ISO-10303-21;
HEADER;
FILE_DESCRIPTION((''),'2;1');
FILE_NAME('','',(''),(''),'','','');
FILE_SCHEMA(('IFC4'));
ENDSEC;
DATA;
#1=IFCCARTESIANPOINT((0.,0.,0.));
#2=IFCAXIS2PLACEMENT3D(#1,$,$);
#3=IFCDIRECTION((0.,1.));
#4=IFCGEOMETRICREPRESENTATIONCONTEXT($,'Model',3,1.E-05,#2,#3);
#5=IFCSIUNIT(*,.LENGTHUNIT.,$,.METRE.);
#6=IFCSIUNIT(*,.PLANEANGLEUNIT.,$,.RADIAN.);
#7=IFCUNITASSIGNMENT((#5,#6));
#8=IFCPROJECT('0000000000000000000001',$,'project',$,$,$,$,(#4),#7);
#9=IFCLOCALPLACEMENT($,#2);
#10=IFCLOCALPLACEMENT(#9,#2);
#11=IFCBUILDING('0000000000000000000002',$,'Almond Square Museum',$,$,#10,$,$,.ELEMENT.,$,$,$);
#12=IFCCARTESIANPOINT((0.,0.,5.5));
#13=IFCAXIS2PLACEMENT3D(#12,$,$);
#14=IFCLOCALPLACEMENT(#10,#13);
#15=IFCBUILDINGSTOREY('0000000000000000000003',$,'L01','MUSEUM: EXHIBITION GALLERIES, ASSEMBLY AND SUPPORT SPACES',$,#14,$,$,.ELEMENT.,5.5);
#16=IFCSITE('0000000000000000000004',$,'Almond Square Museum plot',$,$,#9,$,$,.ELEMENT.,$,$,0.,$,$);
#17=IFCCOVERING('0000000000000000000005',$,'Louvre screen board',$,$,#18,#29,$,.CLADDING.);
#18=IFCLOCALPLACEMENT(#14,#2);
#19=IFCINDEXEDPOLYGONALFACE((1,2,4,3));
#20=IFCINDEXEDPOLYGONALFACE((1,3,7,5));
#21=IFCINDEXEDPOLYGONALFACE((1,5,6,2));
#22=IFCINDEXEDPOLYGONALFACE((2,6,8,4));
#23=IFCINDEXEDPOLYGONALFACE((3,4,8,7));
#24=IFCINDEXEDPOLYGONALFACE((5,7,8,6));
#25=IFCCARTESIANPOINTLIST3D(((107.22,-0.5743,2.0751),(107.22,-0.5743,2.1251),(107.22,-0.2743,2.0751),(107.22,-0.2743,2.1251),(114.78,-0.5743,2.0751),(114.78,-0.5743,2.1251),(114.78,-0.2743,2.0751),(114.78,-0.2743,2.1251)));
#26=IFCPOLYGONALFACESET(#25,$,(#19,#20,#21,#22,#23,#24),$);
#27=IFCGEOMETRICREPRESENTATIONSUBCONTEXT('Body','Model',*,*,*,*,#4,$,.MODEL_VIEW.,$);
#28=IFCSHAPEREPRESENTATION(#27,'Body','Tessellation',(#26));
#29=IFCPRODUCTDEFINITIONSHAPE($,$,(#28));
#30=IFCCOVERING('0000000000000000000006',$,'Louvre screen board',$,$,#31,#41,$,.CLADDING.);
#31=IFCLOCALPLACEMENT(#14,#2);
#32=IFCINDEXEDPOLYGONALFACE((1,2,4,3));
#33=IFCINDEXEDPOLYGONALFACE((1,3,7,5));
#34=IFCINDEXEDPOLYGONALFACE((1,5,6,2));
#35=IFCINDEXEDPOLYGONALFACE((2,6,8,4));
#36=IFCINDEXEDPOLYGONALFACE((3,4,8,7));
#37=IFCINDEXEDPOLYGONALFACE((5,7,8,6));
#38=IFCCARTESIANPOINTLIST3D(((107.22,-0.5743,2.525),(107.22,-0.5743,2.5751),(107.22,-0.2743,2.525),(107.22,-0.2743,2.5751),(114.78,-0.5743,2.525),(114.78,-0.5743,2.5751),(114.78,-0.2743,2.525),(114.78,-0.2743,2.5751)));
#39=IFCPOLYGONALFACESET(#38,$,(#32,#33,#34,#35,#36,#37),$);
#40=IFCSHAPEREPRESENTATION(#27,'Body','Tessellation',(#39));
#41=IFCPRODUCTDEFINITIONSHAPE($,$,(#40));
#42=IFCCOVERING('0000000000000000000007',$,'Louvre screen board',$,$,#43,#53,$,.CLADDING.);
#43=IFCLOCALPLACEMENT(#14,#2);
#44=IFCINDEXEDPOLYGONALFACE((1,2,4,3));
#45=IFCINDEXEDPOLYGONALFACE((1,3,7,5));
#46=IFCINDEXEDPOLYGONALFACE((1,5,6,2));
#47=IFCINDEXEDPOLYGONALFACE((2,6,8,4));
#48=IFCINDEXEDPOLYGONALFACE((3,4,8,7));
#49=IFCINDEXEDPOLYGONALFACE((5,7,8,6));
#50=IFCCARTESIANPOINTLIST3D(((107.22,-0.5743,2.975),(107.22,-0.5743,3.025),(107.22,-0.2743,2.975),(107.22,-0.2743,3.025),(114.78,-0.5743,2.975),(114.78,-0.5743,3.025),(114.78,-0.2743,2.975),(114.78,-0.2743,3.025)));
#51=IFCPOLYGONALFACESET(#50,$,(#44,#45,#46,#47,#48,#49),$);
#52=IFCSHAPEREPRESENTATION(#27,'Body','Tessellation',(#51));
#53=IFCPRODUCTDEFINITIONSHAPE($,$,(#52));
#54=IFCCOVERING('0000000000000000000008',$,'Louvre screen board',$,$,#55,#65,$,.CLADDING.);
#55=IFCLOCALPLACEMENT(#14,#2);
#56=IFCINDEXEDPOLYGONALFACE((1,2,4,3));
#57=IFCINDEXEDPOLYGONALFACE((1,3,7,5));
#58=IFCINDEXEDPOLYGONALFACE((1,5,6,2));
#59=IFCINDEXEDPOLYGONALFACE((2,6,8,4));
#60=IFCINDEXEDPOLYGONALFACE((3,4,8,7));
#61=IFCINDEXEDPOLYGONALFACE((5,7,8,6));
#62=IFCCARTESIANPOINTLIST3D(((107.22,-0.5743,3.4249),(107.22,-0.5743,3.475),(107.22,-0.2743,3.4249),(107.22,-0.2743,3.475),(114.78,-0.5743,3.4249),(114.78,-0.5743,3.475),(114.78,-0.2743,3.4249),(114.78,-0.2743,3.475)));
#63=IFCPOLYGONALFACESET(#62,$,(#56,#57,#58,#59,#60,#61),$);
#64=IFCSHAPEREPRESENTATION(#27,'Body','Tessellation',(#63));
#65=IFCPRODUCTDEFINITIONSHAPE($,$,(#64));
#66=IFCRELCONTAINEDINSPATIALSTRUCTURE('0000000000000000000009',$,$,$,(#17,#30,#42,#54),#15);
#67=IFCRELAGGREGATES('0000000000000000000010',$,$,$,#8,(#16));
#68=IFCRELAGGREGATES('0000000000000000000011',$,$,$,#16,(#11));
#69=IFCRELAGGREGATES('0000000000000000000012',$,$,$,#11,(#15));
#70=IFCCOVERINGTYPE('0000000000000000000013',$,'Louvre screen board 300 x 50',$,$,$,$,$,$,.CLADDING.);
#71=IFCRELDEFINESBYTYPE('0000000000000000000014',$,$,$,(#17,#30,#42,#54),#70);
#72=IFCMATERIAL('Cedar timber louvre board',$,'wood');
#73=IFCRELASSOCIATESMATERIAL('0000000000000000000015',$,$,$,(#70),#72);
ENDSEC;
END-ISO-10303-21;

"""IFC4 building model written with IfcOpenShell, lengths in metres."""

from ifc_helpers import new_model, si_unit, direction, frame, origin, origin_2d, place, context, subcontext, project, spatial, rectangle, extrude, material, material_profile, profile_set, type_object, element, save


model = new_model("IFC4")

# Units and contexts
model_context = context("Model", 3, precision=1e-05, world=origin(), true_north=direction((0.0, 1.0)))
body_context = subcontext(model_context, "Body", "Model", "MODEL_VIEW")
ifc_project = project(units=[si_unit("LENGTHUNIT", "METRE"), si_unit("PLANEANGLEUNIT", "RADIAN")], contexts=[model_context])

# Site, building, storey
site_placement = place(None, origin())
site = spatial("IfcSite", under=ifc_project, at=site_placement, Name="Almond Square Museum plot", CompositionType="ELEMENT", RefElevation=0.0)
building_placement = place(site_placement, origin())
building = spatial("IfcBuilding", under=site, at=building_placement, Name="Almond Square Museum", CompositionType="ELEMENT")
storey_placement = place(building_placement, frame((0.0, 0.0, 5.5)))
storey = spatial("IfcBuildingStorey", under=building, at=storey_placement, Name="L01", Description="MUSEUM: EXHIBITION GALLERIES, ASSEMBLY AND SUPPORT SPACES", CompositionType="ELEMENT", Elevation=5.5)

# Coverings
ifc_material_1 = material(Name="Cedar timber louvre board", Category="wood")
ifc_material_profile_1 = material_profile(ifc_material_1, rectangle(XDim=0.3, YDim=0.05, at=origin_2d()))
ifc_profile_set_1 = profile_set([ifc_material_profile_1], Name="Cedar timber louvre board")
covering_type = type_object("IfcCoveringType", Name="Louvre screen board 300 x 50", PredefinedType="CLADDING", material=ifc_profile_set_1)
for number, where, z_axis, x_axis, name in (
    (1, (107.22, -0.4243, 2.1001), (1.0, 0.0, 0.0), (0.0, 1.0, 0.0), "Louvre screen board"),
    (2, (107.22, -0.4243, 2.55), (1.0, 0.0, 0.0), (0.0, 1.0, 0.0), "Louvre screen board"),
    (3, (107.22, -0.4243, 3.0), (1.0, 0.0, 0.0), (0.0, 1.0, 0.0), "Louvre screen board"),
    (4, (107.22, -0.4243, 3.45), (1.0, 0.0, 0.0), (0.0, 1.0, 0.0), "Louvre screen board"),
):
    element("IfcCovering", number, at=place(storey_placement, frame(where, z_axis=z_axis, x_axis=x_axis)), inside=storey, type_object=covering_type, Name=name, PredefinedType="CLADDING", context=body_context, shape_type="SweptSolid", body=[
        extrude(rectangle(XDim=0.3, YDim=0.05, at=origin_2d()), origin(), (0.0, 0.0, 1.0), 7.5601),
    ])

save(model, "model.ifc")
